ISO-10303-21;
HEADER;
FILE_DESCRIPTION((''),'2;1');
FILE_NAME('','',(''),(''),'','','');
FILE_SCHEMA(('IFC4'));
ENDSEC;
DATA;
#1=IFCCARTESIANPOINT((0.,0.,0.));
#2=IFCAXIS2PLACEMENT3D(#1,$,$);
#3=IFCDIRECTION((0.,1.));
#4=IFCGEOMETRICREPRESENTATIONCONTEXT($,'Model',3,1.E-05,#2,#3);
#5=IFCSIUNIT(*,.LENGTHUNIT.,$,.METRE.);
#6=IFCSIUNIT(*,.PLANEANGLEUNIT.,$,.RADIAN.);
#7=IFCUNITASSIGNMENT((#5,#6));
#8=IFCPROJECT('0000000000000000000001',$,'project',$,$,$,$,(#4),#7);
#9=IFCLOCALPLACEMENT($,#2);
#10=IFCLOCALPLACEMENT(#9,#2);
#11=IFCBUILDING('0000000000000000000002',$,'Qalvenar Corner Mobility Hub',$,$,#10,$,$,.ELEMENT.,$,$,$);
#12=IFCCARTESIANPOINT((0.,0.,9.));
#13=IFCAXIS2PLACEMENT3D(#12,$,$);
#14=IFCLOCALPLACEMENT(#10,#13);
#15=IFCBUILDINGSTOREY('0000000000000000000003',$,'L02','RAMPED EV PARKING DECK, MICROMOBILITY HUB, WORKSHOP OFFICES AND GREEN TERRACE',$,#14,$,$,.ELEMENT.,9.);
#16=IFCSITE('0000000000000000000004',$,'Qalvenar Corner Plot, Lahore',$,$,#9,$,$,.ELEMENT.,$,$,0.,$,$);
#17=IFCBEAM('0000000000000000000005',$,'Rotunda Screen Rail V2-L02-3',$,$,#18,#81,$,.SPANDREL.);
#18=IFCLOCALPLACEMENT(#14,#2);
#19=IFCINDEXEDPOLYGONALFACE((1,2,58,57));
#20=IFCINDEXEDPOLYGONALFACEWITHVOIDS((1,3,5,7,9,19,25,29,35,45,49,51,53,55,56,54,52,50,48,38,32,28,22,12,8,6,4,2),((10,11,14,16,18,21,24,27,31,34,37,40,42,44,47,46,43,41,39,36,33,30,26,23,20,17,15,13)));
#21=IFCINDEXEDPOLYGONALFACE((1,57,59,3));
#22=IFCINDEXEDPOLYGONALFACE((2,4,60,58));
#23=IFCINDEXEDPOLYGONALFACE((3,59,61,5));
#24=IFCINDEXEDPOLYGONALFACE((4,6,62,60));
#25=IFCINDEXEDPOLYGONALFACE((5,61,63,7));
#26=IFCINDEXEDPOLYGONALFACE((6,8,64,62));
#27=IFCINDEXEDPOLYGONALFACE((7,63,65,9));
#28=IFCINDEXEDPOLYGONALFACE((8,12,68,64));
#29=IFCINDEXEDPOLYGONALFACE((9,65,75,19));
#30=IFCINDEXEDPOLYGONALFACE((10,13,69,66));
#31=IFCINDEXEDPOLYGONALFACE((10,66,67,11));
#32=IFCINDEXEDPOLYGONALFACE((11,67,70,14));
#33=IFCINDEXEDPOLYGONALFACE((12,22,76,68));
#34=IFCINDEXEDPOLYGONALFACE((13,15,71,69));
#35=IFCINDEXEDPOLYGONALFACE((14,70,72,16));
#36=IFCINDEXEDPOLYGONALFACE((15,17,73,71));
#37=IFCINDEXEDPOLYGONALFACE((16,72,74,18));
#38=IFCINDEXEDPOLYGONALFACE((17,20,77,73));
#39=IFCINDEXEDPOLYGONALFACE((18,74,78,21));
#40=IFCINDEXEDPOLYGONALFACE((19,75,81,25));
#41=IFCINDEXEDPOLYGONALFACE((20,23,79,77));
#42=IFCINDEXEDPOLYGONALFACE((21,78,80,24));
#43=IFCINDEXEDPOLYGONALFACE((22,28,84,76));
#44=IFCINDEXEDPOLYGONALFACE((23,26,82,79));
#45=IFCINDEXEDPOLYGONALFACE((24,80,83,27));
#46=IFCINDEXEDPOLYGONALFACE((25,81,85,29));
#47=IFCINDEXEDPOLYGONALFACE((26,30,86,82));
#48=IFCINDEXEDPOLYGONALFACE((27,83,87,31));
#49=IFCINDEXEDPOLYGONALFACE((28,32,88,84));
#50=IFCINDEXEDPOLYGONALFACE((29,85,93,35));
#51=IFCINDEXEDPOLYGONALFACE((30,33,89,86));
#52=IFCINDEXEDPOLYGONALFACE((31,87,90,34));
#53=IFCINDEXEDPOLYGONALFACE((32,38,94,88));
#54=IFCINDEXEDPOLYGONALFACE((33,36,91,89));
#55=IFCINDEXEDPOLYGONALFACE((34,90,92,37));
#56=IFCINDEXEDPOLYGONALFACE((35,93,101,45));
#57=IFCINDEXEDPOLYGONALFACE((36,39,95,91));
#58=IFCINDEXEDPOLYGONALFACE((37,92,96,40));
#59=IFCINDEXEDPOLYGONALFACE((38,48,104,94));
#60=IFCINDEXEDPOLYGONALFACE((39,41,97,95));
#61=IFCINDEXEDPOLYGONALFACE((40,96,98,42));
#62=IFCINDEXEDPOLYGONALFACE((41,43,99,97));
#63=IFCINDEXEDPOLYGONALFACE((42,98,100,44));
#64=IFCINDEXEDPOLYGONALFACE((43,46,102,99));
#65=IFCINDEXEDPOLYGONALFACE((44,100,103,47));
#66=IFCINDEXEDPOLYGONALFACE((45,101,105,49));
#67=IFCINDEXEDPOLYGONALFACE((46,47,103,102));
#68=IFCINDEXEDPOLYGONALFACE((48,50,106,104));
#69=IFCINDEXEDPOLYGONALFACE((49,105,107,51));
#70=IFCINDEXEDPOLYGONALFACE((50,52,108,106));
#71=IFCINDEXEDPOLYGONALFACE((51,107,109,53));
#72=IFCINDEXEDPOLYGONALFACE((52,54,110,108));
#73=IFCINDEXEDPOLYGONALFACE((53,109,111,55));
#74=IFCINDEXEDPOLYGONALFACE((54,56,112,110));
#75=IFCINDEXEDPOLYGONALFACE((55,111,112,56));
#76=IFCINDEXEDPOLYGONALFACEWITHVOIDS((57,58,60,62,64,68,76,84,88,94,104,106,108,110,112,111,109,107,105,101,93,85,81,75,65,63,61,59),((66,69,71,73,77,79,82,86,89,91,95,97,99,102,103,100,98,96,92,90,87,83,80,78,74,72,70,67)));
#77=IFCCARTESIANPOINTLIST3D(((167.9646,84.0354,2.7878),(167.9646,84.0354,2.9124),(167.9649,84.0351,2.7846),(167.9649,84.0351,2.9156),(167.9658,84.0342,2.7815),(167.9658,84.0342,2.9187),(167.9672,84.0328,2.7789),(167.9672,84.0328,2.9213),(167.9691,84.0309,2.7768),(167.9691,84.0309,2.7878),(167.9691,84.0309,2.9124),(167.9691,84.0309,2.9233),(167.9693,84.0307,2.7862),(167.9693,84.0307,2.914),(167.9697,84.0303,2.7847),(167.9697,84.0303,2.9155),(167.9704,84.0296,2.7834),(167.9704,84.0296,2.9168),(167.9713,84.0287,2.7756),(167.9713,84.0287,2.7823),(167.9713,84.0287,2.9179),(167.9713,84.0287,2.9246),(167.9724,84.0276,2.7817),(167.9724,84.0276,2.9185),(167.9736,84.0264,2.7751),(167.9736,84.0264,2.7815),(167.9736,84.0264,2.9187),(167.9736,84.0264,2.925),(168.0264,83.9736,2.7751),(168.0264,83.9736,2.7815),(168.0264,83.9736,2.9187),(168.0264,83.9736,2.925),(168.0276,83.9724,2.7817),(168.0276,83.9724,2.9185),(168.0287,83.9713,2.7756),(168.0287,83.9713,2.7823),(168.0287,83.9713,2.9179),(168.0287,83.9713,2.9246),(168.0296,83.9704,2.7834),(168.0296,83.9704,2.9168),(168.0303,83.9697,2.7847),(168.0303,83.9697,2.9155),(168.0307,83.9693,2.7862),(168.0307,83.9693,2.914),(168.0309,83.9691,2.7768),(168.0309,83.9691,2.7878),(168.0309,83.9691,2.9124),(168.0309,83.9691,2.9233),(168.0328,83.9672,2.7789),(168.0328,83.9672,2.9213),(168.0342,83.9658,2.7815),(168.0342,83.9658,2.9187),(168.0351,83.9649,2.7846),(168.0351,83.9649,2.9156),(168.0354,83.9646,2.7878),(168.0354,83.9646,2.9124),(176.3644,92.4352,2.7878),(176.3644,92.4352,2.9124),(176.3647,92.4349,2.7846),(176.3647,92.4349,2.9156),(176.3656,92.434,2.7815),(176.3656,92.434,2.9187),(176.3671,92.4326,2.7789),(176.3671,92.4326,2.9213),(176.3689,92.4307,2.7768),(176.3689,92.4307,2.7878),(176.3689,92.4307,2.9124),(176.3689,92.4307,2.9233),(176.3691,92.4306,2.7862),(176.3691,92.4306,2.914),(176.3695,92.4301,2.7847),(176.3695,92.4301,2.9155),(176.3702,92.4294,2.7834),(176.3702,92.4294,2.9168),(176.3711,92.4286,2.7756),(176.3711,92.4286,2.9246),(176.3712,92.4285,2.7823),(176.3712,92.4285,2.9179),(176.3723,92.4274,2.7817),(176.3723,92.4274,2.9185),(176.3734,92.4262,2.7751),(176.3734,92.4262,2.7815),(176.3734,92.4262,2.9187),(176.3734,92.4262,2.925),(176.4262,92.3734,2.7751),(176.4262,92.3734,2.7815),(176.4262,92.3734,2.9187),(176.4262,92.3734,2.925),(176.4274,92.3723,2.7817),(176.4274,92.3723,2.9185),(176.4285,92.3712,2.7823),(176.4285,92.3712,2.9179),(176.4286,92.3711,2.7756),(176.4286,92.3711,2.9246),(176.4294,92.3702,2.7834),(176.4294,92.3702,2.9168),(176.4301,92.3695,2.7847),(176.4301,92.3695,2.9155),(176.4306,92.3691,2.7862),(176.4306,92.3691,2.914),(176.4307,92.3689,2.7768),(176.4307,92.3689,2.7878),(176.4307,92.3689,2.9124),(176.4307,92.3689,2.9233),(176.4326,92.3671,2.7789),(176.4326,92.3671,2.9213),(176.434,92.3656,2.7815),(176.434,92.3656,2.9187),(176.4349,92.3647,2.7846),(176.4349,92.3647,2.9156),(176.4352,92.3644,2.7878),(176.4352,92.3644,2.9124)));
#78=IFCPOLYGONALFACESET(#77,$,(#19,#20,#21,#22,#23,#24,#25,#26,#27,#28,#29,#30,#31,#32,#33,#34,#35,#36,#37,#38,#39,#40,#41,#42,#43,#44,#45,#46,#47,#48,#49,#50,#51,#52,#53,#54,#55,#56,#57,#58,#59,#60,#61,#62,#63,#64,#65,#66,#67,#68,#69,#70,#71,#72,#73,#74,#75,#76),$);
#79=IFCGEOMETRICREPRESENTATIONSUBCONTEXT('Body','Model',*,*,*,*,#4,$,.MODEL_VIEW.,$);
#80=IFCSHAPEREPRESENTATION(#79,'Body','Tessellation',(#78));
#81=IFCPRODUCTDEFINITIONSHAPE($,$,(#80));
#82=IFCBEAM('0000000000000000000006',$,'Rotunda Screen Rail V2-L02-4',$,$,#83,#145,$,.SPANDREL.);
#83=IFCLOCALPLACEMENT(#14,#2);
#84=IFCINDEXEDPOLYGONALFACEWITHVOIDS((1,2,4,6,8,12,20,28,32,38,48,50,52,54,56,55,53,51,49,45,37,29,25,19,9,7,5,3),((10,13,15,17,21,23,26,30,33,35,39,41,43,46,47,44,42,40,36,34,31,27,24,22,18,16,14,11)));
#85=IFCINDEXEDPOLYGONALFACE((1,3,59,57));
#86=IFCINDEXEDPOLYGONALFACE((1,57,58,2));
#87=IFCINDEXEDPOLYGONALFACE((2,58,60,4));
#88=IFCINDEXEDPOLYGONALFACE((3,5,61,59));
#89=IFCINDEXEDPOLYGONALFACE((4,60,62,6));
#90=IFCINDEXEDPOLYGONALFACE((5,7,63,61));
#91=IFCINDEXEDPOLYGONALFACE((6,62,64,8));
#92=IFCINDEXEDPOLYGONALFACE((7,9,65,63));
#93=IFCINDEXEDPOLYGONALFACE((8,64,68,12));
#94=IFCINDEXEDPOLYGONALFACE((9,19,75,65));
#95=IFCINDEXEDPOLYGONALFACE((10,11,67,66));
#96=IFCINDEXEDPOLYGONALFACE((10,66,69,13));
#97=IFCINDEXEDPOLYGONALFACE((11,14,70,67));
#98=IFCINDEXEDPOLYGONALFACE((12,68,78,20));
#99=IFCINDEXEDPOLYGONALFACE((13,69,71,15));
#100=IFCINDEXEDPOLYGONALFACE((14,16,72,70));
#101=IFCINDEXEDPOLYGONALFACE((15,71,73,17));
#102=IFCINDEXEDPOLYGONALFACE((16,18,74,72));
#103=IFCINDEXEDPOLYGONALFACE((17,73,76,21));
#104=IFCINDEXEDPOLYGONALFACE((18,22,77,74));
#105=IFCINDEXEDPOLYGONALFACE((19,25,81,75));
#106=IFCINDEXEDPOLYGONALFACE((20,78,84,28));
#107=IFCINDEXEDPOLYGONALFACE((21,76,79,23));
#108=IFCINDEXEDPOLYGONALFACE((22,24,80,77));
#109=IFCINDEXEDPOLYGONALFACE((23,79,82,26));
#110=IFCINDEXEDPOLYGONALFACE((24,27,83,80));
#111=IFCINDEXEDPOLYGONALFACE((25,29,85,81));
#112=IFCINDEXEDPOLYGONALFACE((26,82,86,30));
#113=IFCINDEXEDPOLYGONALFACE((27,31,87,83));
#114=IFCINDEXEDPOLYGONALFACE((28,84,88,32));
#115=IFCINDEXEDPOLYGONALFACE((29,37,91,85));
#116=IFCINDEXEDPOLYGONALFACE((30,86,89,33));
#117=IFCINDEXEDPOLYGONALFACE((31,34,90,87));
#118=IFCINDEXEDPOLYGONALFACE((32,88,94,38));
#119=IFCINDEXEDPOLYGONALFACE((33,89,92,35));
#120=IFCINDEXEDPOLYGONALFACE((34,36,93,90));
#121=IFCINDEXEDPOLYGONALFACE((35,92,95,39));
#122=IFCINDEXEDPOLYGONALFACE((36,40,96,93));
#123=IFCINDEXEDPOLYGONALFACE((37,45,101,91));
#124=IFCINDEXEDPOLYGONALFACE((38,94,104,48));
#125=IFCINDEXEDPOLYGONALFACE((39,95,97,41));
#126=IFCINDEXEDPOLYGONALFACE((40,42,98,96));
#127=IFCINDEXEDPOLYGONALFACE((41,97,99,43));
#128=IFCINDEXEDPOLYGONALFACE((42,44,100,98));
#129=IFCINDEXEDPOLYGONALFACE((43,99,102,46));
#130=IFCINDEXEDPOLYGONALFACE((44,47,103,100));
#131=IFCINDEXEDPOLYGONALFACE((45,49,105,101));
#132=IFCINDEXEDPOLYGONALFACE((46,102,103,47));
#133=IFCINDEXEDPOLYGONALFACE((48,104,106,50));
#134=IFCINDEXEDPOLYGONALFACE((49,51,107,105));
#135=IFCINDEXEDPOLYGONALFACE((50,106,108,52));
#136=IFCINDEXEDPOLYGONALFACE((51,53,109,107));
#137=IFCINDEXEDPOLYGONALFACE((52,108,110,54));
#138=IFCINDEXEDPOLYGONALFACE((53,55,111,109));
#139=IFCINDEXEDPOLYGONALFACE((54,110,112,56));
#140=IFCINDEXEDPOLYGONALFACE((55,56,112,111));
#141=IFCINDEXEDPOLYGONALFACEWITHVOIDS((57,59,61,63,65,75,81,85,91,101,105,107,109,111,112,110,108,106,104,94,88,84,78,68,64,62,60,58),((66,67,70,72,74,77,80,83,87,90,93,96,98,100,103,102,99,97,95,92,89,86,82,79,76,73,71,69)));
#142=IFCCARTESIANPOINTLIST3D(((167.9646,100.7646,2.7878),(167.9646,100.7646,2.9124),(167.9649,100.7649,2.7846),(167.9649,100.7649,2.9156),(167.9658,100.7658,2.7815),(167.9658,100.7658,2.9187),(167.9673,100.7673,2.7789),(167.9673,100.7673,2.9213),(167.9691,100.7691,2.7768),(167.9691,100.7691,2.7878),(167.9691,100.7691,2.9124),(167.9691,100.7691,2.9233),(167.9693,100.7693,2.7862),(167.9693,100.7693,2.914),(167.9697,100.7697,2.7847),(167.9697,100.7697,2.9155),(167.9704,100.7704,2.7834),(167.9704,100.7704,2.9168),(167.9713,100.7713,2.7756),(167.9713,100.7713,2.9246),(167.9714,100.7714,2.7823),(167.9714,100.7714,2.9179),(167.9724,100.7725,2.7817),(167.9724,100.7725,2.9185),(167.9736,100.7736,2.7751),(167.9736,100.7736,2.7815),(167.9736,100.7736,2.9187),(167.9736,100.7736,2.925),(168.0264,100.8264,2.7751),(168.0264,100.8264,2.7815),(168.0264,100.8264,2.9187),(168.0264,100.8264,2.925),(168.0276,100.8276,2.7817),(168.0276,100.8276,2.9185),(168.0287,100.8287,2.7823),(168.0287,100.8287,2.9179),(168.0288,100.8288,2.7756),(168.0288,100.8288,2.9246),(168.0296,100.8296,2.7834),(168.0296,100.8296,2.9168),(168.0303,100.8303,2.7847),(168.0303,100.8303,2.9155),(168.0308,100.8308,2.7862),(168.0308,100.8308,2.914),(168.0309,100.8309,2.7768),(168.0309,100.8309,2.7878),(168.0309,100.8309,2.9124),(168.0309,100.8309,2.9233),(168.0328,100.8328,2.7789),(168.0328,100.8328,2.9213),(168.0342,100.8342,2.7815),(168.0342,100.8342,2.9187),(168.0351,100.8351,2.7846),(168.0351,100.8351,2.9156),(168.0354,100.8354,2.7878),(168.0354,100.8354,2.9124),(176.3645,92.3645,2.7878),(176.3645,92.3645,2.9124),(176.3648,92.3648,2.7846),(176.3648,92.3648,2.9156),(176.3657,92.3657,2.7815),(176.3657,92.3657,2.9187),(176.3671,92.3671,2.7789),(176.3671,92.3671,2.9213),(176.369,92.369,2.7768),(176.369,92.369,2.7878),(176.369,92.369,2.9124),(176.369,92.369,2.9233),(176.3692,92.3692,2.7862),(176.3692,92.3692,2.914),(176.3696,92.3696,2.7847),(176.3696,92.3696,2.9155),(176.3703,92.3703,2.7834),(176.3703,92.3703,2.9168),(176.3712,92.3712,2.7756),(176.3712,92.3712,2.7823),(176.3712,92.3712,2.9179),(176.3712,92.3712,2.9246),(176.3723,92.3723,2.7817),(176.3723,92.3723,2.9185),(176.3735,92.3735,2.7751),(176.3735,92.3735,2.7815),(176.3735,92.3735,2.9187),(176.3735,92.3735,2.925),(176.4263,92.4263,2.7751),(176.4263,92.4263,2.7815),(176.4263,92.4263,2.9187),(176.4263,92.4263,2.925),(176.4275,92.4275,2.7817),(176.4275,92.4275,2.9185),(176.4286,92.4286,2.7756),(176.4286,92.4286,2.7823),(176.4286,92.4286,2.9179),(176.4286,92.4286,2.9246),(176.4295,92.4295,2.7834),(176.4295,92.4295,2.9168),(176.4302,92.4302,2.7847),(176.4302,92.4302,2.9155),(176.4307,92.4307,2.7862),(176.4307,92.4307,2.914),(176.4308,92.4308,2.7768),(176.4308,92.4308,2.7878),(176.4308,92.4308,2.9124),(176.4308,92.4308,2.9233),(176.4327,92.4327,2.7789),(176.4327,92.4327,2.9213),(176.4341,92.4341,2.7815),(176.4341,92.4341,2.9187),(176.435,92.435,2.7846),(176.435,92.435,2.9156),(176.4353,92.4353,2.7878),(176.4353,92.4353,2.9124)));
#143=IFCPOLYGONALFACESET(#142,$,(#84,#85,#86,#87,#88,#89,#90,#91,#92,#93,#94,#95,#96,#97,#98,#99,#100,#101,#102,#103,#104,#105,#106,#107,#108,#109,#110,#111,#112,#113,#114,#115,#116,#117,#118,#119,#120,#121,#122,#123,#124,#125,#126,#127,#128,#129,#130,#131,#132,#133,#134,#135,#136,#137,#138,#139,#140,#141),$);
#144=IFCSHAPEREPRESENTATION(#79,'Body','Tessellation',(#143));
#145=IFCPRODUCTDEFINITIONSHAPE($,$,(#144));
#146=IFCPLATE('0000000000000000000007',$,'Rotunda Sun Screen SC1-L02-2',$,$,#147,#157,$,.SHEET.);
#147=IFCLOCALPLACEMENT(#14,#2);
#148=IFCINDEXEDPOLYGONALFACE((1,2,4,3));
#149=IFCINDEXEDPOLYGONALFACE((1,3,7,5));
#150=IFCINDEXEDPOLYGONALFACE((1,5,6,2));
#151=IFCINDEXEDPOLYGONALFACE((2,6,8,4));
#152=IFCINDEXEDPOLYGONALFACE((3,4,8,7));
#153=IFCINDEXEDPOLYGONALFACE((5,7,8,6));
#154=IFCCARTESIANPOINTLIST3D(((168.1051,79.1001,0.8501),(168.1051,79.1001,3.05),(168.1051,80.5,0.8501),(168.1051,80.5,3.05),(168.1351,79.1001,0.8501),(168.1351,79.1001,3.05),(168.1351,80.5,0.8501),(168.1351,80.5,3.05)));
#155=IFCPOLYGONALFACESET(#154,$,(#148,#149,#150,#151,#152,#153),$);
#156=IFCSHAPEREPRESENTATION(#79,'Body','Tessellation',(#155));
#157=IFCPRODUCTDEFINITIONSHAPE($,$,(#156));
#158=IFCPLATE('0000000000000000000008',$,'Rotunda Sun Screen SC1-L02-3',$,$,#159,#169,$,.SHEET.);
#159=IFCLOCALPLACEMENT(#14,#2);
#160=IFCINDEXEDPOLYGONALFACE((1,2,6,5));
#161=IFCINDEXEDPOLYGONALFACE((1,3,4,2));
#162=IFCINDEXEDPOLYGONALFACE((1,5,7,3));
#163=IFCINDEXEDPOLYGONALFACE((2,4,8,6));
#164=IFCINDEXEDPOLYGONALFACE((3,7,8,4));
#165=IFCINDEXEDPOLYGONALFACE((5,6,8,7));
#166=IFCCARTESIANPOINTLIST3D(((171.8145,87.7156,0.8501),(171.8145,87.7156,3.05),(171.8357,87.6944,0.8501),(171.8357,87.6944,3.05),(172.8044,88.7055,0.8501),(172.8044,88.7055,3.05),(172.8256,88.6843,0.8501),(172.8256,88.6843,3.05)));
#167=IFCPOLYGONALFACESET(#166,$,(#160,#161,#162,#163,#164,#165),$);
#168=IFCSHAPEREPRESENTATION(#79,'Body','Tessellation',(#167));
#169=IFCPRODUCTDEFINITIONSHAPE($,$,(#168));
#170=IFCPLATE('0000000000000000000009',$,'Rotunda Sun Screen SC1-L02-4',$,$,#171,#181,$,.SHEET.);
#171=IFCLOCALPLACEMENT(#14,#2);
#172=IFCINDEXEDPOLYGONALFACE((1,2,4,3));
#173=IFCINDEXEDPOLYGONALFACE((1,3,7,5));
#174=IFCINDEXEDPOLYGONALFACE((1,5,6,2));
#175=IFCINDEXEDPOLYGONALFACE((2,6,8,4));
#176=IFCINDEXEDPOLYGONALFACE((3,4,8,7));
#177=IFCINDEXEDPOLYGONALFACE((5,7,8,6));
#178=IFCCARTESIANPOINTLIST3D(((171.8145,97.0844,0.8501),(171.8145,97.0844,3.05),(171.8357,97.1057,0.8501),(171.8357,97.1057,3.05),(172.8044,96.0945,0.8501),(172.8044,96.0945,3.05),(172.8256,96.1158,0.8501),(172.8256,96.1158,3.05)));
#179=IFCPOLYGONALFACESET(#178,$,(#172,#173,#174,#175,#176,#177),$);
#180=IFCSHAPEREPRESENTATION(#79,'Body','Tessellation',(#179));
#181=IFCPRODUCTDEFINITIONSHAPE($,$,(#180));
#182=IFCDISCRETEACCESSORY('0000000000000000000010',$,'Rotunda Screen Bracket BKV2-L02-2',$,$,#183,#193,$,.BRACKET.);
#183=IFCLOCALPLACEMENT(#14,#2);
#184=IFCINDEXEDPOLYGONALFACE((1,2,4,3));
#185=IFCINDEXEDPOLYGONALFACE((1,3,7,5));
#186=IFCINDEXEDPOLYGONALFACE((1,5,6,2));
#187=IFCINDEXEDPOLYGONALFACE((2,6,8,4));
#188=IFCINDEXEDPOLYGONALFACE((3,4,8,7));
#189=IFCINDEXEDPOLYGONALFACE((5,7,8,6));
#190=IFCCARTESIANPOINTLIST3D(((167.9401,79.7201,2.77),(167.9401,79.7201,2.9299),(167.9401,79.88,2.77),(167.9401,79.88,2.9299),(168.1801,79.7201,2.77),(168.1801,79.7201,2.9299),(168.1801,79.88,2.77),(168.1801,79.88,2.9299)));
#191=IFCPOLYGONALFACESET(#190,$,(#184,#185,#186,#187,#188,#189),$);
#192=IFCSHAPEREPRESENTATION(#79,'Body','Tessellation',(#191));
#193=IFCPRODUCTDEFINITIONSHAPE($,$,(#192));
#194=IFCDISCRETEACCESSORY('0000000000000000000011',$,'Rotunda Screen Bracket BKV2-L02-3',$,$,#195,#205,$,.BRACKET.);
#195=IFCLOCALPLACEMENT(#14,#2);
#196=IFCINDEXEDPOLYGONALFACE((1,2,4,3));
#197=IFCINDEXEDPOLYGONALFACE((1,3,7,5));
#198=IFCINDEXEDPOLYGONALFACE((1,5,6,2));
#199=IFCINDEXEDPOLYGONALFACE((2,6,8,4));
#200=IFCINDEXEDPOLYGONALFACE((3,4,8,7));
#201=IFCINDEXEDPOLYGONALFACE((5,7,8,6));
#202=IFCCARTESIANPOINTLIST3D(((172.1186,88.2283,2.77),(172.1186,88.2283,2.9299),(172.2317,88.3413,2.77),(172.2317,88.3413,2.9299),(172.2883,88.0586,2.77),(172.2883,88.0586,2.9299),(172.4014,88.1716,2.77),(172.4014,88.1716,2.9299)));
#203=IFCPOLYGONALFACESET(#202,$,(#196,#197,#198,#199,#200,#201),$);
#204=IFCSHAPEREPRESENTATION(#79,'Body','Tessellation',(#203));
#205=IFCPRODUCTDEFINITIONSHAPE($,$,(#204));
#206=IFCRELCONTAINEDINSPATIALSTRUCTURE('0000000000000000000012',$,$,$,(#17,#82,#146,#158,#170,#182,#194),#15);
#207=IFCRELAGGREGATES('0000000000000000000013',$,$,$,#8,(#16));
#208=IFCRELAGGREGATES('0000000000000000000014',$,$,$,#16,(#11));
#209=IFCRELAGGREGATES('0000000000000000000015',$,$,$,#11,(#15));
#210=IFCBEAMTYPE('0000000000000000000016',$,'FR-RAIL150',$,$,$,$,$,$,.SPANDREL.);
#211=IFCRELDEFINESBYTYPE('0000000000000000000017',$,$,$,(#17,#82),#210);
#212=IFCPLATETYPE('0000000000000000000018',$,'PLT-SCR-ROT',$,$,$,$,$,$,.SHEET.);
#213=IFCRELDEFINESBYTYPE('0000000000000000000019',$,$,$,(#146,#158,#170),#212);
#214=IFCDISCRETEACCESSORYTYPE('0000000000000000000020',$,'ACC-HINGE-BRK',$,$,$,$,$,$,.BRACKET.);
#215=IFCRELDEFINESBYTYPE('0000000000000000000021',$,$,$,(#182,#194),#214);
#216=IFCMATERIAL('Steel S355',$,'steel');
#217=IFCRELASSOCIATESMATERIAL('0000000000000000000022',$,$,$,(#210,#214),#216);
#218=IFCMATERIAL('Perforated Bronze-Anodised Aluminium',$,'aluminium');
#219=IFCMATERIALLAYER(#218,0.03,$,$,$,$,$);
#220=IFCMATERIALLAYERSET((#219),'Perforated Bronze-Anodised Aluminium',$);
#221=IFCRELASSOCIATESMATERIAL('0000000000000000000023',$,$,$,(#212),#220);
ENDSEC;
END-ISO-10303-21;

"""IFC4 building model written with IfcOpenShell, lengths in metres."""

from ifc_helpers import new_model, si_unit, direction, frame, origin, origin_2d, place, context, subcontext, project, spatial, rectangle, hollow_rectangle, extrude, material, layer, layer_set, material_profile, profile_set, type_object, element, save


model = new_model("IFC4")

# Units and contexts
model_context = context("Model", 3, precision=1e-05, world=origin(), true_north=direction((0.0, 1.0)))
body_context = subcontext(model_context, "Body", "Model", "MODEL_VIEW")
ifc_project = project(units=[si_unit("LENGTHUNIT", "METRE"), si_unit("PLANEANGLEUNIT", "RADIAN")], contexts=[model_context])

# Site, building, storey
site_placement = place(None, origin())
site = spatial("IfcSite", under=ifc_project, at=site_placement, Name="Qalvenar Corner Plot, Lahore", CompositionType="ELEMENT", RefElevation=0.0)
building_placement = place(site_placement, origin())
building = spatial("IfcBuilding", under=site, at=building_placement, Name="Qalvenar Corner Mobility Hub", CompositionType="ELEMENT")
storey_placement = place(building_placement, frame((0.0, 0.0, 9.0)))
storey = spatial("IfcBuildingStorey", under=building, at=storey_placement, Name="L02", Description="RAMPED EV PARKING DECK, MICROMOBILITY HUB, WORKSHOP OFFICES AND GREEN TERRACE", CompositionType="ELEMENT", Elevation=9.0)

# Shared definitions
ifc_material_1 = material(Name="Steel S355", Category="steel")

# Beams
ifc_material_profile_1 = material_profile(ifc_material_1, hollow_rectangle(XDim=0.1001, YDim=0.1499, WallThickness=0.0063, InnerFilletRadius=0.0063, OuterFilletRadius=0.0127, at=origin_2d()), Name="RHS150x100x6.3")
ifc_profile_set_1 = profile_set([ifc_material_profile_1], Name="Steel S355")
beam_type_1 = type_object("IfcBeamType", Name="FR-RAIL150", PredefinedType="SPANDREL", material=ifc_profile_set_1)
beam_1_placement = place(storey_placement, frame((168.0, 84.0, 2.8501), z_axis=(0.707107, 0.707107, 0.0), x_axis=(-0.707107, 0.707107, 0.0)))
element("IfcBeam", 1, at=beam_1_placement, inside=storey, type_object=beam_type_1, Name="Rotunda Screen Rail V2-L02-3", PredefinedType="SPANDREL", context=body_context, shape_type="SweptSolid", body=[
    extrude(hollow_rectangle(XDim=0.1001, YDim=0.1499, WallThickness=0.0063, InnerFilletRadius=0.0063, OuterFilletRadius=0.0127, at=origin_2d()), origin(), (0.0, 0.0, 1.0), 11.8792),
])
beam_2_placement = place(storey_placement, frame((176.3999, 92.3999, 2.8501), z_axis=(-0.707097, 0.707117, 0.0), x_axis=(-0.707117, -0.707097, 0.0)))
element("IfcBeam", 2, at=beam_2_placement, inside=storey, type_object=beam_type_1, Name="Rotunda Screen Rail V2-L02-4", PredefinedType="SPANDREL", context=body_context, shape_type="SweptSolid", body=[
    extrude(hollow_rectangle(XDim=0.1001, YDim=0.1499, WallThickness=0.0063, InnerFilletRadius=0.0063, OuterFilletRadius=0.0127, at=origin_2d()), origin(), (0.0, 0.0, 1.0), 11.8794),
])

# Plates
ifc_material_2 = material(Name="Perforated Bronze-Anodised Aluminium", Category="aluminium")
ifc_layer = layer(ifc_material_2, 0.03)
ifc_layer_set = layer_set([ifc_layer], Name="Perforated Bronze-Anodised Aluminium")
plate_type = type_object("IfcPlateType", Name="PLT-SCR-ROT", PredefinedType="SHEET", material=ifc_layer_set)
for number, where, z_axis, x_axis, name in (
    (3, (168.1201, 79.8, 0.8501), (0.0, 0.0, 1.0), (0.0, 1.0, 0.0), "Rotunda Sun Screen SC1-L02-2"),
    (4, (172.3201, 88.2, 0.8501), (0.0, 0.0, 1.0), (0.707107, 0.707107, 0.0), "Rotunda Sun Screen SC1-L02-3"),
    (5, (172.3201, 96.6001, 0.8501), (0.0, 0.0, 1.0), (-0.707107, 0.707107, 0.0), "Rotunda Sun Screen SC1-L02-4"),
):
    element("IfcPlate", number, at=place(storey_placement, frame(where, z_axis=z_axis, x_axis=x_axis)), inside=storey, type_object=plate_type, Name=name, PredefinedType="SHEET", context=body_context, shape_type="SweptSolid", body=[
        extrude(rectangle(XDim=1.3999, YDim=0.03, at=origin_2d()), origin(), (0.0, 0.0, 1.0), 2.2),
    ])

# Discrete accessories
discrete_accessory_type = type_object("IfcDiscreteAccessoryType", Name="ACC-HINGE-BRK", PredefinedType="BRACKET", material=ifc_material_1)
for number, where, z_axis, x_axis, name in (
    (6, (168.0601, 79.8, 2.77), (0.0, 0.0, 1.0), (0.0, 1.0, 0.0), "Rotunda Screen Bracket BKV2-L02-2"),
    (7, (172.26, 88.2, 2.77), (0.0, 0.0, 1.0), (0.707107, 0.707107, 0.0), "Rotunda Screen Bracket BKV2-L02-3"),
):
    element("IfcDiscreteAccessory", number, at=place(storey_placement, frame(where, z_axis=z_axis, x_axis=x_axis)), inside=storey, type_object=discrete_accessory_type, Name=name, PredefinedType="BRACKET", context=body_context, shape_type="SweptSolid", body=[
        extrude(rectangle(XDim=0.1599, YDim=0.24, at=origin_2d()), origin(), (0.0, 0.0, 1.0), 0.1599),
    ])

save(model, "model.ifc")
